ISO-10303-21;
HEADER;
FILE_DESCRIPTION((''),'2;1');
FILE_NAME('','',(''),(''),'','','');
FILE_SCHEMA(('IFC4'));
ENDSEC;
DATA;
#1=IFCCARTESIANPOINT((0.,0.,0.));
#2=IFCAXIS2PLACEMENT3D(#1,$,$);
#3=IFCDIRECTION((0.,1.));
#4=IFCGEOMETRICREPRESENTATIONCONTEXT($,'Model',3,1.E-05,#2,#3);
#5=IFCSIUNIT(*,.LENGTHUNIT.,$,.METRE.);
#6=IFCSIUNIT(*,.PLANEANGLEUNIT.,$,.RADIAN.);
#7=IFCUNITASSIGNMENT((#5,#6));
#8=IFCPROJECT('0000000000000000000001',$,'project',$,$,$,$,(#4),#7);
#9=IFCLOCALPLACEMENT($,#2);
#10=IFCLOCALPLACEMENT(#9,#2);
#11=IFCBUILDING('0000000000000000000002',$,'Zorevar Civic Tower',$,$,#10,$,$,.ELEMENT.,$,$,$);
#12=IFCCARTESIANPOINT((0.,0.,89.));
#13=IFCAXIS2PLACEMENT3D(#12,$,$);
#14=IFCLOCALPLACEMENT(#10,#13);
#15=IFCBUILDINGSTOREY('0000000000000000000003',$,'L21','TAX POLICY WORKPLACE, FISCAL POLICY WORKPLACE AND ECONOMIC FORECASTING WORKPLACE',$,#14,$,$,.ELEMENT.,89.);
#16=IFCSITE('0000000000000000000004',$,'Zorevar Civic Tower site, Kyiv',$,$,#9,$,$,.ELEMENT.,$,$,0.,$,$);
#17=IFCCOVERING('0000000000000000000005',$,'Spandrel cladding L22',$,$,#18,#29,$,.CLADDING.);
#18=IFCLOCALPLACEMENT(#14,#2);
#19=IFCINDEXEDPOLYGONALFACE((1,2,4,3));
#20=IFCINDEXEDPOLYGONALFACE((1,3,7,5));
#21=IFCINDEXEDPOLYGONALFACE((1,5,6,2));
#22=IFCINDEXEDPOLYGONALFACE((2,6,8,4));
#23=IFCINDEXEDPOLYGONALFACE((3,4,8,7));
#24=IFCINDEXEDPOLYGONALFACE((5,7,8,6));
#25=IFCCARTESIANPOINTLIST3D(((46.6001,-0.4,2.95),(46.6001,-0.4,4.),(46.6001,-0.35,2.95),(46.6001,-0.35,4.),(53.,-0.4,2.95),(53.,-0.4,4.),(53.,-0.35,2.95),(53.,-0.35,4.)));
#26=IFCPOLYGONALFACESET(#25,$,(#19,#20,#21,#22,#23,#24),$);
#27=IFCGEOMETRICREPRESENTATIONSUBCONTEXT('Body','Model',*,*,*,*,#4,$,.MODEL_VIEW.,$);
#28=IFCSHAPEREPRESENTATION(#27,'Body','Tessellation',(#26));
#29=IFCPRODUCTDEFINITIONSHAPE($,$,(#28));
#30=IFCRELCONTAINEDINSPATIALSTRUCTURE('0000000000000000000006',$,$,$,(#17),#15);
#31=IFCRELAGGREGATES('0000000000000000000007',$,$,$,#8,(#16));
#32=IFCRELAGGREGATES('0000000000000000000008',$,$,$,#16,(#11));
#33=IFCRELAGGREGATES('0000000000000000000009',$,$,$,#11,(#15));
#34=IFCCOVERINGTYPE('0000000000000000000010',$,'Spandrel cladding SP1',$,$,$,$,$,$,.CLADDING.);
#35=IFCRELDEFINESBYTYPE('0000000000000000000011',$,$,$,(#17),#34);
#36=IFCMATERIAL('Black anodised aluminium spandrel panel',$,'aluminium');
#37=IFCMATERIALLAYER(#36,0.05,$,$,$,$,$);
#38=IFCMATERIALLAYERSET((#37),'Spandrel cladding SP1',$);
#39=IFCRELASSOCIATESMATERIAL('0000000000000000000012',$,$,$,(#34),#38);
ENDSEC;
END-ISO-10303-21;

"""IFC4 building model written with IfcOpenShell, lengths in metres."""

from ifc_helpers import new_model, si_unit, direction, frame, frame_2d, origin, place, context, subcontext, project, spatial, rectangle, extrude, material, layer, layer_set, type_object, element, save


model = new_model("IFC4")

# Units and contexts
model_context = context("Model", 3, precision=1e-05, world=origin(), true_north=direction((0.0, 1.0)))
body_context = subcontext(model_context, "Body", "Model", "MODEL_VIEW")
ifc_project = project(units=[si_unit("LENGTHUNIT", "METRE"), si_unit("PLANEANGLEUNIT", "RADIAN")], contexts=[model_context])

# Site, building, storey
site_placement = place(None, origin())
site = spatial("IfcSite", under=ifc_project, at=site_placement, Name="Zorevar Civic Tower site, Kyiv", CompositionType="ELEMENT", RefElevation=0.0)
building_placement = place(site_placement, origin())
building = spatial("IfcBuilding", under=site, at=building_placement, Name="Zorevar Civic Tower", CompositionType="ELEMENT")
storey_placement = place(building_placement, frame((0.0, 0.0, 89.0)))
storey = spatial("IfcBuildingStorey", under=building, at=storey_placement, Name="L21", Description="TAX POLICY WORKPLACE, FISCAL POLICY WORKPLACE AND ECONOMIC FORECASTING WORKPLACE", CompositionType="ELEMENT", Elevation=89.0)

# Covering
ifc_material_1 = material(Name="Black anodised aluminium spandrel panel", Category="aluminium")
ifc_layer_1 = layer(ifc_material_1, 0.05)
ifc_layer_set_1 = layer_set([ifc_layer_1], Name="Spandrel cladding SP1")
covering_type = type_object("IfcCoveringType", Name="Spandrel cladding SP1", PredefinedType="CLADDING", material=ifc_layer_set_1)
covering_placement = place(storey_placement, frame((46.6001, -0.375, 2.95), z_axis=(0.0, 0.0, 1.0), x_axis=(1.0, 0.0, 0.0)))
element("IfcCovering", 1, at=covering_placement, inside=storey, type_object=covering_type, Name="Spandrel cladding L22", PredefinedType="CLADDING", context=body_context, shape_type="SweptSolid", body=[
    extrude(rectangle(XDim=6.3999, YDim=0.05, at=frame_2d((3.2, 0.0))), origin(), (0.0, 0.0, 1.0), 1.05),
])

save(model, "model.ifc")
